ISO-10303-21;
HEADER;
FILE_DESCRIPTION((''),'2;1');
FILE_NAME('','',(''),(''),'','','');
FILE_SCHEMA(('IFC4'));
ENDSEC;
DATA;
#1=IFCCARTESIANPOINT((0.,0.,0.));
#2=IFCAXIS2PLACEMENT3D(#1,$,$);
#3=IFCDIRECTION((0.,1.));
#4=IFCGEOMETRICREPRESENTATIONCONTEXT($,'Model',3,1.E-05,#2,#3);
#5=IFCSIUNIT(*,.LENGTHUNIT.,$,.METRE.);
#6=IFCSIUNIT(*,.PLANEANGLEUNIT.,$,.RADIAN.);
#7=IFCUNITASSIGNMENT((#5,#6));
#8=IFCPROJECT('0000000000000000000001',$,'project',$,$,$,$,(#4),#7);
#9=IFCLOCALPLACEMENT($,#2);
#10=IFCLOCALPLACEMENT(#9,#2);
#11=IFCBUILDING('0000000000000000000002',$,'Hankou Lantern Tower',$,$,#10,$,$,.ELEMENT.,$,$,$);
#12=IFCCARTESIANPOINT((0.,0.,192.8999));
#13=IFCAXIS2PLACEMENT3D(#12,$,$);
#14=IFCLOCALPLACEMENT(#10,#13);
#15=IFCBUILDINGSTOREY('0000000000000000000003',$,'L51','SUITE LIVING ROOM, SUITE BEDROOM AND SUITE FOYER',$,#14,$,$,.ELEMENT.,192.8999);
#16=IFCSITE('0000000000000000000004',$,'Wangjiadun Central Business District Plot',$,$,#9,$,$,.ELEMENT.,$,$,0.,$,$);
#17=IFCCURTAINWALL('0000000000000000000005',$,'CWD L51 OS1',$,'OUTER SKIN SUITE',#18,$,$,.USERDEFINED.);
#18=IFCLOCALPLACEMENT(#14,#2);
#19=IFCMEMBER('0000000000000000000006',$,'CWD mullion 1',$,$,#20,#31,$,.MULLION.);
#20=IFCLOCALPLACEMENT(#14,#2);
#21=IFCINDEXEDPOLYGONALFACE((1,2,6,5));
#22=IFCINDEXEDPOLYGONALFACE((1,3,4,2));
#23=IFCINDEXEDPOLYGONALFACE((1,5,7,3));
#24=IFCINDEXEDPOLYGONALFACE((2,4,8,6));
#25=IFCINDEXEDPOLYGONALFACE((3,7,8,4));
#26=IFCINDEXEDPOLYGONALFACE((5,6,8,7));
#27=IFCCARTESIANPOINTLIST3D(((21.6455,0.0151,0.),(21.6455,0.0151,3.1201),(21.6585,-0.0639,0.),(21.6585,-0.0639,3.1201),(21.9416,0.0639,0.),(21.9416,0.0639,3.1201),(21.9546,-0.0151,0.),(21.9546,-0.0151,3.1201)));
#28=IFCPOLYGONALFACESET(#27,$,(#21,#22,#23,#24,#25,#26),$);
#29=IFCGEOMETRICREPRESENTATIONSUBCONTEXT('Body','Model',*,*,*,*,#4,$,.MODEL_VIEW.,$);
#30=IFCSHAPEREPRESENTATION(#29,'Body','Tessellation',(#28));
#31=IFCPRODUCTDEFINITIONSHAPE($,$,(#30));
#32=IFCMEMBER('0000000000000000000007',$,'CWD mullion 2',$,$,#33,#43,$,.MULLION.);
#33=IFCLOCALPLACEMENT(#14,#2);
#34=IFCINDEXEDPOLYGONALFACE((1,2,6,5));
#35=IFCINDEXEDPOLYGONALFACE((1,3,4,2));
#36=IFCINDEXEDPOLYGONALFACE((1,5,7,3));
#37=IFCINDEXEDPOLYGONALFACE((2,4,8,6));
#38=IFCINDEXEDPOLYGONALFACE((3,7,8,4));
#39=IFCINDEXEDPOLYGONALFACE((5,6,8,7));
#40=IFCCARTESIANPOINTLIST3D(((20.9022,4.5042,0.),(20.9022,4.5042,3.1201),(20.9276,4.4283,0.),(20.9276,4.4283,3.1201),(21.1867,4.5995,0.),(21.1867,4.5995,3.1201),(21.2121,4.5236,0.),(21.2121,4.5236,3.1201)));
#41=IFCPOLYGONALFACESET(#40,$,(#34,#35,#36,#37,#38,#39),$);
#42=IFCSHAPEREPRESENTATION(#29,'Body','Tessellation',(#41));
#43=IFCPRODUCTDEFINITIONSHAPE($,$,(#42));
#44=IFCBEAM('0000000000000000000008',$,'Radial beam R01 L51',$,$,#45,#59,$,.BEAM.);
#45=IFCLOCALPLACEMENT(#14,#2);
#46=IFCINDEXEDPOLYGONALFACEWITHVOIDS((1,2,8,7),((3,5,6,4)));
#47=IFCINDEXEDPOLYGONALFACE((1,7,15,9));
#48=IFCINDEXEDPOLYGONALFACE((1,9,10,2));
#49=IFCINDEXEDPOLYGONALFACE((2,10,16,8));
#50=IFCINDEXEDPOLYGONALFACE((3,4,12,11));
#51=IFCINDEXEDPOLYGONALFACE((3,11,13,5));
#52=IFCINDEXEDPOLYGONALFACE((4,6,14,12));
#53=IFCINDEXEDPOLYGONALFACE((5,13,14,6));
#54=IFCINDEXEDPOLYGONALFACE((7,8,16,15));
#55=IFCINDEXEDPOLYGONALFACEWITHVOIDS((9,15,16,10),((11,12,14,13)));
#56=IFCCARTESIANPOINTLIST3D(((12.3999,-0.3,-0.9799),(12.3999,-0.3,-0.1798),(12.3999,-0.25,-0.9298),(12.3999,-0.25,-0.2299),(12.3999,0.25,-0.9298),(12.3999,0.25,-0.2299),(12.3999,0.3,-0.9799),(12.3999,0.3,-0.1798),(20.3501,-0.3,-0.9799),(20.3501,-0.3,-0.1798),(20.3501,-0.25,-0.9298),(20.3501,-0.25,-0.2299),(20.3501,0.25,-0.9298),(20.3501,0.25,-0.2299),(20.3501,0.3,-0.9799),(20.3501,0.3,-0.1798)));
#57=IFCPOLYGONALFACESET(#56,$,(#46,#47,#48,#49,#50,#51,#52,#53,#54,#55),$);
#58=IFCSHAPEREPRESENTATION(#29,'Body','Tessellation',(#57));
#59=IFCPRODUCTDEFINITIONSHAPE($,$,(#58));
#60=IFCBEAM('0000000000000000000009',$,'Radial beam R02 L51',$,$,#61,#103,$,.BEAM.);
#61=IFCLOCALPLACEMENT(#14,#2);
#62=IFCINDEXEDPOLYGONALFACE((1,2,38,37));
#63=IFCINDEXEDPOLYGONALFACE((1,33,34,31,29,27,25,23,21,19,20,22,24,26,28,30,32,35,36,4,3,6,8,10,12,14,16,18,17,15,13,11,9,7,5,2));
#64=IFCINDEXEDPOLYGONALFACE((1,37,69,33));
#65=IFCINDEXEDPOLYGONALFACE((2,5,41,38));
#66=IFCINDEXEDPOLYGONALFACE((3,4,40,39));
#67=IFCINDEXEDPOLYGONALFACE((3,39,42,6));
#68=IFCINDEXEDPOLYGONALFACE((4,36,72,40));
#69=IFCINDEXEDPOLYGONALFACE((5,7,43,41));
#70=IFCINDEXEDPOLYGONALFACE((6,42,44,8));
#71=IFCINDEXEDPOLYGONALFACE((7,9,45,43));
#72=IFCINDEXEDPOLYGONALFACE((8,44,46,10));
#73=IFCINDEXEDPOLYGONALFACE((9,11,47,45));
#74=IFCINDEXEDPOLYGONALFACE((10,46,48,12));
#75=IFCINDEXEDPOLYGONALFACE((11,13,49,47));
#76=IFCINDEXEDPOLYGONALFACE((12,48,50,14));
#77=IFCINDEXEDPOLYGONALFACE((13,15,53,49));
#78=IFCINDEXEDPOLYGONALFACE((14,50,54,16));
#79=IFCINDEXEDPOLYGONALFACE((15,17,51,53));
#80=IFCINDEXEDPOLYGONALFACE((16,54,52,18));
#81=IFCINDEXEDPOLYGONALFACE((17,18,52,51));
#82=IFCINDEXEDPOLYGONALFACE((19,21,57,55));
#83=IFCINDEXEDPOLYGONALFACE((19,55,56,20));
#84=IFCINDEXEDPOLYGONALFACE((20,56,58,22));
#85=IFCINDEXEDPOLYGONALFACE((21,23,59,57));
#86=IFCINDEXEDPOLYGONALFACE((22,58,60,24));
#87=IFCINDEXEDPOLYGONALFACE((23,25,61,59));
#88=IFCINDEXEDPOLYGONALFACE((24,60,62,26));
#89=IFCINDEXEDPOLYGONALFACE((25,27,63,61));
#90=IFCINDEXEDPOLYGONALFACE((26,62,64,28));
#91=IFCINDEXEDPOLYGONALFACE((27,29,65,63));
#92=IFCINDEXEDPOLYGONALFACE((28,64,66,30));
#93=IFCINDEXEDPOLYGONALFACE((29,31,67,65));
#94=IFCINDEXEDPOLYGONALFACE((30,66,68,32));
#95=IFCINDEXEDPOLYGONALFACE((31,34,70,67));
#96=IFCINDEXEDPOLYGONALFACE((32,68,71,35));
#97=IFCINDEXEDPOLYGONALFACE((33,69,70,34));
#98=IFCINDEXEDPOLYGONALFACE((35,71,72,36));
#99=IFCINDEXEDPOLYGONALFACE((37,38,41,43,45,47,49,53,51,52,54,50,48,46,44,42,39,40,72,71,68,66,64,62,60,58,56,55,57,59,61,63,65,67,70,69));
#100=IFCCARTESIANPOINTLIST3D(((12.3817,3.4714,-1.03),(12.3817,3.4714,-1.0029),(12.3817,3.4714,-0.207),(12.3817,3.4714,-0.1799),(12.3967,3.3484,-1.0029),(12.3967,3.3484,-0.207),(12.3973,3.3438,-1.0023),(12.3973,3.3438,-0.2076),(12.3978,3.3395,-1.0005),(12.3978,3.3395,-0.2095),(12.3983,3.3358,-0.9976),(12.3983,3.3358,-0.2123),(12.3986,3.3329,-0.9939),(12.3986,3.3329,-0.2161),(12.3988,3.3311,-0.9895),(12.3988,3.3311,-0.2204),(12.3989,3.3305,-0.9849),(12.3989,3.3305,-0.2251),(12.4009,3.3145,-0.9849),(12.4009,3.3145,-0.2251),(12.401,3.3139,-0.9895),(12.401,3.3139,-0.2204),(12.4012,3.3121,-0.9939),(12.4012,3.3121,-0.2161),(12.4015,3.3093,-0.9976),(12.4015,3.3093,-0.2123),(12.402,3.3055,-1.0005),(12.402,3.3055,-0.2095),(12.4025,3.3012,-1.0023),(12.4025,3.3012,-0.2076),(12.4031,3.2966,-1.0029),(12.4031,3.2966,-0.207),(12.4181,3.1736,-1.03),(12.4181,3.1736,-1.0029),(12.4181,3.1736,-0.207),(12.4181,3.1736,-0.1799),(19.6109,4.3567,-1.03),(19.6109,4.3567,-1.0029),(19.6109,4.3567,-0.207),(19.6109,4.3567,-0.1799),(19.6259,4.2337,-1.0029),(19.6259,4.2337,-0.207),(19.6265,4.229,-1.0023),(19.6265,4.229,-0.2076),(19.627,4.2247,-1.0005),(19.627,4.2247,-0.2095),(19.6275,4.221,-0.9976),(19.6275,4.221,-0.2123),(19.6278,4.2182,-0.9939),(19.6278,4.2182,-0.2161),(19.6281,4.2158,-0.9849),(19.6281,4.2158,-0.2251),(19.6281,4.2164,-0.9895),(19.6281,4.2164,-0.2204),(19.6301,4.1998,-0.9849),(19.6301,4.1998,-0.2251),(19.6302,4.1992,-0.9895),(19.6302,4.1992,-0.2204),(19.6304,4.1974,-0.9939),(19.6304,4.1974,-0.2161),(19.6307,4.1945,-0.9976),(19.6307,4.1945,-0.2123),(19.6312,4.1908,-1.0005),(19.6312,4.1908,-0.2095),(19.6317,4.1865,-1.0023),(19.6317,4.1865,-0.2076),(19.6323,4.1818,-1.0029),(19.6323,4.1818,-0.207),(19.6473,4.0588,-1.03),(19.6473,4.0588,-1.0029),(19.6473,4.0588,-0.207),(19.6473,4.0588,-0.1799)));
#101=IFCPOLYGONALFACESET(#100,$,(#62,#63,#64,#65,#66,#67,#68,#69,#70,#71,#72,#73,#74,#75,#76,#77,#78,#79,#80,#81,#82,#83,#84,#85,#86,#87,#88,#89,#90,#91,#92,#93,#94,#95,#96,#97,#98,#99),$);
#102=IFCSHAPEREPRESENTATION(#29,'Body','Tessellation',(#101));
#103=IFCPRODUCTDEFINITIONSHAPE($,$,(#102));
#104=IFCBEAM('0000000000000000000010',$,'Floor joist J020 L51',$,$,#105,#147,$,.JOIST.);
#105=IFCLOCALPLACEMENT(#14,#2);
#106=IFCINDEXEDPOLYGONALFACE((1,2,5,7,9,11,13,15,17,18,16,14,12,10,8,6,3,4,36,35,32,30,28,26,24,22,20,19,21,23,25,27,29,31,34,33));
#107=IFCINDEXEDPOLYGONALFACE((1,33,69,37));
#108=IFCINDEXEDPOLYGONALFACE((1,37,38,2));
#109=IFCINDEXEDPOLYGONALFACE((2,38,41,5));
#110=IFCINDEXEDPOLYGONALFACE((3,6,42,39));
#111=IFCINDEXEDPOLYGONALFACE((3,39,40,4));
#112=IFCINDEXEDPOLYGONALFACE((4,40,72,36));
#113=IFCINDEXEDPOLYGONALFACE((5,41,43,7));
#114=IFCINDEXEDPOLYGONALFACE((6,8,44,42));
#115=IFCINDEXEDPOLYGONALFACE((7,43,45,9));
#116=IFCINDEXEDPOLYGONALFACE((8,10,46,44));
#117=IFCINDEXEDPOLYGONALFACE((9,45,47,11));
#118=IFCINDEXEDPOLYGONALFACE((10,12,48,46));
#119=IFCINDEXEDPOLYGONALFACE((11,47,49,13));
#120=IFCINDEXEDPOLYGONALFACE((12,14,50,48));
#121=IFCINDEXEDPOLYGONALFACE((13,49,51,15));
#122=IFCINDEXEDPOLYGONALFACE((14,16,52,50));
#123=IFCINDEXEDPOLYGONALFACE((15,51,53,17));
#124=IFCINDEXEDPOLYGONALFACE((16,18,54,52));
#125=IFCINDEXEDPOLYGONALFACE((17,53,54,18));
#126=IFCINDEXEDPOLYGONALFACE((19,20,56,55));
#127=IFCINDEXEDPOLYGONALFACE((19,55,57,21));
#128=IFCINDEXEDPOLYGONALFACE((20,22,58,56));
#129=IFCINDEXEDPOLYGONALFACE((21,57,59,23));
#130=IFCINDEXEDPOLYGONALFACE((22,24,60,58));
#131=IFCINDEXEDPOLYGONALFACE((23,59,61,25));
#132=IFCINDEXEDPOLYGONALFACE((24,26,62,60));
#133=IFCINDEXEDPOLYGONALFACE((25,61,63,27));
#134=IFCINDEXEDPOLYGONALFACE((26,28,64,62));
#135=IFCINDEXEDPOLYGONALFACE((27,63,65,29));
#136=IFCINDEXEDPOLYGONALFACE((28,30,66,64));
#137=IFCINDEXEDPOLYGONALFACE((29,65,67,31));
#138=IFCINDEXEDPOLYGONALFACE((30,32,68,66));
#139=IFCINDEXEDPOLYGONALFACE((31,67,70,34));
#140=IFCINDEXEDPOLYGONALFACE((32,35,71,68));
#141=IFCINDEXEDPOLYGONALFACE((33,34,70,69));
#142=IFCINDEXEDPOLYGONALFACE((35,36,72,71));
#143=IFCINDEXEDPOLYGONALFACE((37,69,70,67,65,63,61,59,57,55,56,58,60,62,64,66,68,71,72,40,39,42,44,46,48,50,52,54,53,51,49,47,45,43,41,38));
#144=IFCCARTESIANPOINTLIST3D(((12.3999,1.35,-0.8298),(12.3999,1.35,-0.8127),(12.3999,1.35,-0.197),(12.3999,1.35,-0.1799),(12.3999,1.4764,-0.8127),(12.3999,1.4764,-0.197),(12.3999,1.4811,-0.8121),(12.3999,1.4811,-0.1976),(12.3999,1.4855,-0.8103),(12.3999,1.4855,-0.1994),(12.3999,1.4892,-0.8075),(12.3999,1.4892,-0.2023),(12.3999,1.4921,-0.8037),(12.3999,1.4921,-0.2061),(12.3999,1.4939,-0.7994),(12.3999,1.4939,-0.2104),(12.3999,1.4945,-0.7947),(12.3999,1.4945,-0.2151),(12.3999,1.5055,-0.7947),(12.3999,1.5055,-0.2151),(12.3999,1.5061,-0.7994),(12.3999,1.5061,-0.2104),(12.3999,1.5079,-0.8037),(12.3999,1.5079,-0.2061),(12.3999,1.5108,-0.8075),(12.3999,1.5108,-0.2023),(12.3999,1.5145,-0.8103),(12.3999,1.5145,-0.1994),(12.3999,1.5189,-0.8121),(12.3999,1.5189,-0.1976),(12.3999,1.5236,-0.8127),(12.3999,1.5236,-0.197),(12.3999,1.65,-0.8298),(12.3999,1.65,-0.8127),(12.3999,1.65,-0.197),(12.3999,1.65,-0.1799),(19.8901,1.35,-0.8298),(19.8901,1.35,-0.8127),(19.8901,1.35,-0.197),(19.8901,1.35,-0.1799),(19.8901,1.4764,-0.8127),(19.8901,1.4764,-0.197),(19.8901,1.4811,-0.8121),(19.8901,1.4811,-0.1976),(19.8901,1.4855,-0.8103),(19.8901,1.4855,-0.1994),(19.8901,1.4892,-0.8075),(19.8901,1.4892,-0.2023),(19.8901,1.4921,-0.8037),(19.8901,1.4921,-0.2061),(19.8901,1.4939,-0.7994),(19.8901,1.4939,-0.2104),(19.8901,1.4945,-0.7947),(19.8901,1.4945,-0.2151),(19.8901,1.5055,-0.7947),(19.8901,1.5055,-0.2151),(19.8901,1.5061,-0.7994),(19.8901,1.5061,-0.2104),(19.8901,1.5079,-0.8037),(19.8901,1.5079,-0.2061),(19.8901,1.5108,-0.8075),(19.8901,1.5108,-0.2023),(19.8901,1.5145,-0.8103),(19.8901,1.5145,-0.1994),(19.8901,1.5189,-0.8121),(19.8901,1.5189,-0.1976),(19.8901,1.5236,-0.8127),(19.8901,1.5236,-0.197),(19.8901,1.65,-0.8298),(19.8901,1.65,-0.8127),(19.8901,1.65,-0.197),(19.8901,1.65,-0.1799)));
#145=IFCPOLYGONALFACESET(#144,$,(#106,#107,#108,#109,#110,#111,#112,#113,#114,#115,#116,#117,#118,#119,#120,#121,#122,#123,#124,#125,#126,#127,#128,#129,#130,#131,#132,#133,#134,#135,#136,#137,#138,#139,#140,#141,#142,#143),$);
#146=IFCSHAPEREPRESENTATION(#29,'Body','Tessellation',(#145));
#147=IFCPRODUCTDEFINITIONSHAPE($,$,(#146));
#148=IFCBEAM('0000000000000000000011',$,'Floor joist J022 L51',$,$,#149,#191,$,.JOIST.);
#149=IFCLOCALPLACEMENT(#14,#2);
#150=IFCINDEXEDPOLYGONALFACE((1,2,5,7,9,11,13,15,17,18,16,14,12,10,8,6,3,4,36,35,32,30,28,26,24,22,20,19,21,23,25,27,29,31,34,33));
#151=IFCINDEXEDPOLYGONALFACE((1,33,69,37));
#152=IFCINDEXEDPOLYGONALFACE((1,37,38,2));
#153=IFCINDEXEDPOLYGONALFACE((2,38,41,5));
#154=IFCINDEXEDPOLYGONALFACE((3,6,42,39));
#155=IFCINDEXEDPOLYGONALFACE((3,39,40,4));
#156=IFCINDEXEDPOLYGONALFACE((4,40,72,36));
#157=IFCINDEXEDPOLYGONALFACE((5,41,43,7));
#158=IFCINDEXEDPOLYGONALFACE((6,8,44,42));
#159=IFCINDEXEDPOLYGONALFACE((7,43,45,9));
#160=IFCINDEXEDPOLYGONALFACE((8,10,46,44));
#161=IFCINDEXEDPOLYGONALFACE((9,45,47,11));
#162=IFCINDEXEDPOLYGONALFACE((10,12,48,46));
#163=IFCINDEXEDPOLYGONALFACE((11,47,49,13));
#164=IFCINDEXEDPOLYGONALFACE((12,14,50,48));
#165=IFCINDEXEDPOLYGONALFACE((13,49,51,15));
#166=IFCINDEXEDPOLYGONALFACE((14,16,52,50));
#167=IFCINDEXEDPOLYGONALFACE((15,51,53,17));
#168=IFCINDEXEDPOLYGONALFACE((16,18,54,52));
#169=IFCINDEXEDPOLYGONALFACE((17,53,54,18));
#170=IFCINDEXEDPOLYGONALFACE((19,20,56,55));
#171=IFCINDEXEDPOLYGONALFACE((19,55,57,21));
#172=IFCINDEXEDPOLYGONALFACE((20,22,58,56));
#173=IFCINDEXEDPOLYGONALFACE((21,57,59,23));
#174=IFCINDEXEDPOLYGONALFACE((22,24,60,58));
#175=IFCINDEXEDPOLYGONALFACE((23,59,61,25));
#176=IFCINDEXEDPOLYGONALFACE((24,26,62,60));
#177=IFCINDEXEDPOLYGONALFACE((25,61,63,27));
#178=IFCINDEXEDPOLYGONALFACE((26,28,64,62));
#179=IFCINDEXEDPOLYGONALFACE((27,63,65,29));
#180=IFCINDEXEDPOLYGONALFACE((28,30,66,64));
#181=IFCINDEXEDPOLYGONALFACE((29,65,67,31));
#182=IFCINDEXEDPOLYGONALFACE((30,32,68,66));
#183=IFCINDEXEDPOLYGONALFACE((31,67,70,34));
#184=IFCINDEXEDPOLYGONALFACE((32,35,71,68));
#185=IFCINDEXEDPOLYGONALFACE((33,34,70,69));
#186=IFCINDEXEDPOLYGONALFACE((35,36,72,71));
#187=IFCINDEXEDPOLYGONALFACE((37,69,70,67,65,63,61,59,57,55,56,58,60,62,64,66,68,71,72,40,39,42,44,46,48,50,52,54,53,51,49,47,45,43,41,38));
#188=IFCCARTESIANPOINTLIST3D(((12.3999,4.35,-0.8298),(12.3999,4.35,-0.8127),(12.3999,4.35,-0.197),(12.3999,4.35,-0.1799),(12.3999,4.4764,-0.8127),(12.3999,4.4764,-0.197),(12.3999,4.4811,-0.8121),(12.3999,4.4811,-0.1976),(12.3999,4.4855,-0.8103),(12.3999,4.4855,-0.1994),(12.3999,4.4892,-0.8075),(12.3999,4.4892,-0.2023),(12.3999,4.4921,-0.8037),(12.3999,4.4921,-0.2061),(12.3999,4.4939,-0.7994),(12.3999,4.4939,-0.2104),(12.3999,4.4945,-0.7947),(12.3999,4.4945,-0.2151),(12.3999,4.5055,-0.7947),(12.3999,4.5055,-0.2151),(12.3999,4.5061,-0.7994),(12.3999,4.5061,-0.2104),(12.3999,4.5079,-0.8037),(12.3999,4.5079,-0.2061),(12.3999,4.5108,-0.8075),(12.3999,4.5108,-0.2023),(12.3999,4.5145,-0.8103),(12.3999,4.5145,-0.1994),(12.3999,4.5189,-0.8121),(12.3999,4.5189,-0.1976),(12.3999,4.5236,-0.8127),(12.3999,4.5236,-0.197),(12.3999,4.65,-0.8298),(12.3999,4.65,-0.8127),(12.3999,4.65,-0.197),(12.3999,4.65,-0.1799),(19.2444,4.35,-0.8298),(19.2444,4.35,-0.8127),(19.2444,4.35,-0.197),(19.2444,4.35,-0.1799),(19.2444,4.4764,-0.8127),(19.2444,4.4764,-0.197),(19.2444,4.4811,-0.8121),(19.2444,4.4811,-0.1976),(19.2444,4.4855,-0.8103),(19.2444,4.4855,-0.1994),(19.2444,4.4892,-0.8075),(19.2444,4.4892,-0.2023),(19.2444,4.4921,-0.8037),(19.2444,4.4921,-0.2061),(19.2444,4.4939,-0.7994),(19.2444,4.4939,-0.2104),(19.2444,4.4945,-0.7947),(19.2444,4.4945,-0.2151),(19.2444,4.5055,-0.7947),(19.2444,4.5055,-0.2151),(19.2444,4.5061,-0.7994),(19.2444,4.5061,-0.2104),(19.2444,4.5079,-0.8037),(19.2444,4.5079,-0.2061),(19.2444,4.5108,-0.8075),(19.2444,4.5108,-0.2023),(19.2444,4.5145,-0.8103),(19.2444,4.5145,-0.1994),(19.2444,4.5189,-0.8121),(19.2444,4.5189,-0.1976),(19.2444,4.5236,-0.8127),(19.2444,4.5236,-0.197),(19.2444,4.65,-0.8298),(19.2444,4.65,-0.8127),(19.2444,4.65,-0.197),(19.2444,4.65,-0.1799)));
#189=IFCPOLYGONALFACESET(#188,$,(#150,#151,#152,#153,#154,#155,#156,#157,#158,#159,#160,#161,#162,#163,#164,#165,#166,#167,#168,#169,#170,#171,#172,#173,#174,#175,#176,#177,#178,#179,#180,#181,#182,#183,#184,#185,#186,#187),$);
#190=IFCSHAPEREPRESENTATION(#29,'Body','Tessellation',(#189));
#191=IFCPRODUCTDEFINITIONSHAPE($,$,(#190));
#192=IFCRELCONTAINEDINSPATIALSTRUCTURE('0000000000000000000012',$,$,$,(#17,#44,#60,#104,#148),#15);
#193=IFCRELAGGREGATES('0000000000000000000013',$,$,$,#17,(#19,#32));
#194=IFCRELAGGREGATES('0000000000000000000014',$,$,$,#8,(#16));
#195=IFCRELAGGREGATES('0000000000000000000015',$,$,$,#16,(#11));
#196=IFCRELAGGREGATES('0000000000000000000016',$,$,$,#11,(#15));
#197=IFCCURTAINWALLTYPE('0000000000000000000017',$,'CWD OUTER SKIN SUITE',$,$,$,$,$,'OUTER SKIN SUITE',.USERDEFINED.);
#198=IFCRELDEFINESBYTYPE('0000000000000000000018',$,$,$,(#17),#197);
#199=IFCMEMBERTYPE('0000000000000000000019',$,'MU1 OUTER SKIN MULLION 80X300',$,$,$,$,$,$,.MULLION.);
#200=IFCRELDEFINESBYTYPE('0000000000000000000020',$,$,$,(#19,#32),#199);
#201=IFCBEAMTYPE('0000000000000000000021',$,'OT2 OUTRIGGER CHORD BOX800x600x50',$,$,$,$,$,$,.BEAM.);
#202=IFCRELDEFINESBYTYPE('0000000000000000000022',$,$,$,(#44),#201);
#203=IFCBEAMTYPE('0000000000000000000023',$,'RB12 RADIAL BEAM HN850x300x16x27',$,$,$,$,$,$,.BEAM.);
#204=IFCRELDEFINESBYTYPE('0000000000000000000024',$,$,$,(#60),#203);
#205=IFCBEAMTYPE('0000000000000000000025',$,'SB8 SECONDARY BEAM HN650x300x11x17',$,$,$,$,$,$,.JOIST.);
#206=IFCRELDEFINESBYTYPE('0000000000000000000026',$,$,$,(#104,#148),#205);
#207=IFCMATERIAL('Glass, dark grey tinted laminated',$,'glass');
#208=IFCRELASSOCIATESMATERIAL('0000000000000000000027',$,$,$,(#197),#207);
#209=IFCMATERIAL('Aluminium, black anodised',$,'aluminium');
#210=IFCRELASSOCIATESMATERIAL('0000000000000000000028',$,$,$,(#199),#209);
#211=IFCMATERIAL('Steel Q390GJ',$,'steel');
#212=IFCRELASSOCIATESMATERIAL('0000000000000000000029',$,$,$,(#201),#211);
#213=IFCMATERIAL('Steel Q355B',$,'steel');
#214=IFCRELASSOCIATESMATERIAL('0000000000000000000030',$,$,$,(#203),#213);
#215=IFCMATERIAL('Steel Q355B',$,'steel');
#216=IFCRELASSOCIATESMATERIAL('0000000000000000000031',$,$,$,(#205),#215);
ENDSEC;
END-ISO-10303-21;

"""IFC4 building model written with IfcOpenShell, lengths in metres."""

from ifc_helpers import new_model, si_unit, direction, frame, origin, origin_2d, place, context, subcontext, project, spatial, rectangle, hollow_rectangle, i_section, extrude, material, material_profile, profile_set, type_object, element, aggregate, save


model = new_model("IFC4")

# Units and contexts
model_context = context("Model", 3, precision=1e-05, world=origin(), true_north=direction((0.0, 1.0)))
body_context = subcontext(model_context, "Body", "Model", "MODEL_VIEW")
ifc_project = project(units=[si_unit("LENGTHUNIT", "METRE"), si_unit("PLANEANGLEUNIT", "RADIAN")], contexts=[model_context])

# Site, building, storey
site_placement = place(None, origin())
site = spatial("IfcSite", under=ifc_project, at=site_placement, Name="Wangjiadun Central Business District Plot", CompositionType="ELEMENT", RefElevation=0.0)
building_placement = place(site_placement, origin())
building = spatial("IfcBuilding", under=site, at=building_placement, Name="Hankou Lantern Tower", CompositionType="ELEMENT")
storey_placement = place(building_placement, frame((0.0, 0.0, 192.8999)))
storey = spatial("IfcBuildingStorey", under=building, at=storey_placement, Name="L51", Description="SUITE LIVING ROOM, SUITE BEDROOM AND SUITE FOYER", CompositionType="ELEMENT", Elevation=192.8999)

# Curtain wall, members
ifc_material_1 = material(Name="Glass, dark grey tinted laminated", Category="glass")
curtain_wall_type = type_object("IfcCurtainWallType", Name="CWD OUTER SKIN SUITE", ElementType="OUTER SKIN SUITE", PredefinedType="USERDEFINED", material=ifc_material_1)
curtain_wall_placement = place(storey_placement, origin())
curtain_wall = element("IfcCurtainWall", 1, at=curtain_wall_placement, inside=storey, type_object=curtain_wall_type, Name="CWD L51 OS1", ObjectType="OUTER SKIN SUITE", PredefinedType="USERDEFINED")
ifc_material_2 = material(Name="Aluminium, black anodised", Category="aluminium")
ifc_material_profile_1 = material_profile(ifc_material_2, rectangle(XDim=0.0801, YDim=0.3, at=origin_2d()), Name="MU1 80X300")
ifc_profile_set_1 = profile_set([ifc_material_profile_1], Name="Aluminium, black anodised")
member_type_1 = type_object("IfcMemberType", Name="MU1 OUTER SKIN MULLION 80X300", PredefinedType="MULLION", material=ifc_profile_set_1)
member_1_placement = place(storey_placement, frame((21.8, 0.0, 0.0), z_axis=(0.0, 0.0, 1.0), x_axis=(-0.162382, 0.986728, 0.0)))
member_1 = element("IfcMember", 2, at=member_1_placement, type_object=member_type_1, Name="CWD mullion 1", PredefinedType="MULLION", context=body_context, shape_type="SweptSolid", body=[
    extrude(rectangle(XDim=0.0801, YDim=0.3, at=origin_2d()), origin(), (0.0, 0.0, 1.0), 3.1201),
])
member_2_placement = place(storey_placement, frame((21.0571, 4.5139, 0.0), z_axis=(0.0, 0.0, 1.0), x_axis=(-0.317596, 0.948226, 0.0)))
member_2 = element("IfcMember", 3, at=member_2_placement, type_object=member_type_1, Name="CWD mullion 2", PredefinedType="MULLION", context=body_context, shape_type="SweptSolid", body=[
    extrude(rectangle(XDim=0.0801, YDim=0.3, at=origin_2d()), origin(), (0.0, 0.0, 1.0), 3.1201),
])

# Beams
ifc_material_3 = material(Name="Steel Q390GJ", Category="steel")
ifc_material_profile_2 = material_profile(ifc_material_3, hollow_rectangle(XDim=0.6001, YDim=0.8, WallThickness=0.05, at=origin_2d()), Name="BOX800x600x50")
ifc_profile_set_2 = profile_set([ifc_material_profile_2], Name="Steel Q390GJ")
beam_type_1 = type_object("IfcBeamType", Name="OT2 OUTRIGGER CHORD BOX800x600x50", PredefinedType="BEAM", material=ifc_profile_set_2)
beam_1_placement = place(storey_placement, frame((12.3999, 0.0, -0.5798), z_axis=(1.0, 0.0, 0.0), x_axis=(0.0, 1.0, 0.0)))
element("IfcBeam", 4, at=beam_1_placement, inside=storey, type_object=beam_type_1, Name="Radial beam R01 L51", PredefinedType="BEAM", context=body_context, shape_type="SweptSolid", body=[
    extrude(hollow_rectangle(XDim=0.6001, YDim=0.8, WallThickness=0.05, at=origin_2d()), origin(), (0.0, 0.0, 1.0), 7.9502),
])
ifc_material_4 = material(Name="Steel Q355B", Category="steel")
ifc_material_profile_3 = material_profile(ifc_material_4, i_section(OverallWidth=0.3, OverallDepth=0.8501, WebThickness=0.0161, FlangeThickness=0.0271, FilletRadius=0.0181, at=origin_2d()), Name="HN850x300x16x27")
ifc_profile_set_3 = profile_set([ifc_material_profile_3], Name="Steel Q355B")
beam_type_2 = type_object("IfcBeamType", Name="RB12 RADIAL BEAM HN850x300x16x27", PredefinedType="BEAM", material=ifc_profile_set_3)
beam_2_placement = place(storey_placement, frame((12.3999, 3.3225, -0.605), z_axis=(0.992586, 0.121547, 0.0), x_axis=(-0.121547, 0.992586, 0.0)))
element("IfcBeam", 5, at=beam_2_placement, inside=storey, type_object=beam_type_2, Name="Radial beam R02 L51", PredefinedType="BEAM", context=body_context, shape_type="SweptSolid", body=[
    extrude(i_section(OverallWidth=0.3, OverallDepth=0.8501, WebThickness=0.0161, FlangeThickness=0.0271, FilletRadius=0.0181, at=origin_2d()), origin(), (0.0, 0.0, 1.0), 7.2832),
])
ifc_material_5 = material(Name="Steel Q355B", Category="steel")
ifc_material_profile_4 = material_profile(ifc_material_5, i_section(OverallWidth=0.3, OverallDepth=0.6499, WebThickness=0.011, FlangeThickness=0.0171, FilletRadius=0.0181, at=origin_2d()), Name="HN650x300x11x17")
ifc_profile_set_4 = profile_set([ifc_material_profile_4], Name="Steel Q355B")
beam_type_3 = type_object("IfcBeamType", Name="SB8 SECONDARY BEAM HN650x300x11x17", PredefinedType="JOIST", material=ifc_profile_set_4)
beam_3_placement = place(storey_placement, frame((12.3999, 1.5, -0.5049), z_axis=(1.0, 0.0, 0.0), x_axis=(0.0, 1.0, 0.0)))
element("IfcBeam", 6, at=beam_3_placement, inside=storey, type_object=beam_type_3, Name="Floor joist J020 L51", PredefinedType="JOIST", context=body_context, shape_type="SweptSolid", body=[
    extrude(i_section(OverallWidth=0.3, OverallDepth=0.6499, WebThickness=0.011, FlangeThickness=0.0171, FilletRadius=0.0181, at=origin_2d()), origin(), (0.0, 0.0, 1.0), 7.4902),
])
beam_4_placement = place(storey_placement, frame((12.3999, 4.5, -0.5049), z_axis=(1.0, 0.0, 0.0), x_axis=(0.0, 1.0, 0.0)))
element("IfcBeam", 7, at=beam_4_placement, inside=storey, type_object=beam_type_3, Name="Floor joist J022 L51", PredefinedType="JOIST", context=body_context, shape_type="SweptSolid", body=[
    extrude(i_section(OverallWidth=0.3, OverallDepth=0.6499, WebThickness=0.011, FlangeThickness=0.0171, FilletRadius=0.0181, at=origin_2d()), origin(), (0.0, 0.0, 1.0), 6.8445),
])

aggregate(curtain_wall, [member_1, member_2])

save(model, "model.ifc")
